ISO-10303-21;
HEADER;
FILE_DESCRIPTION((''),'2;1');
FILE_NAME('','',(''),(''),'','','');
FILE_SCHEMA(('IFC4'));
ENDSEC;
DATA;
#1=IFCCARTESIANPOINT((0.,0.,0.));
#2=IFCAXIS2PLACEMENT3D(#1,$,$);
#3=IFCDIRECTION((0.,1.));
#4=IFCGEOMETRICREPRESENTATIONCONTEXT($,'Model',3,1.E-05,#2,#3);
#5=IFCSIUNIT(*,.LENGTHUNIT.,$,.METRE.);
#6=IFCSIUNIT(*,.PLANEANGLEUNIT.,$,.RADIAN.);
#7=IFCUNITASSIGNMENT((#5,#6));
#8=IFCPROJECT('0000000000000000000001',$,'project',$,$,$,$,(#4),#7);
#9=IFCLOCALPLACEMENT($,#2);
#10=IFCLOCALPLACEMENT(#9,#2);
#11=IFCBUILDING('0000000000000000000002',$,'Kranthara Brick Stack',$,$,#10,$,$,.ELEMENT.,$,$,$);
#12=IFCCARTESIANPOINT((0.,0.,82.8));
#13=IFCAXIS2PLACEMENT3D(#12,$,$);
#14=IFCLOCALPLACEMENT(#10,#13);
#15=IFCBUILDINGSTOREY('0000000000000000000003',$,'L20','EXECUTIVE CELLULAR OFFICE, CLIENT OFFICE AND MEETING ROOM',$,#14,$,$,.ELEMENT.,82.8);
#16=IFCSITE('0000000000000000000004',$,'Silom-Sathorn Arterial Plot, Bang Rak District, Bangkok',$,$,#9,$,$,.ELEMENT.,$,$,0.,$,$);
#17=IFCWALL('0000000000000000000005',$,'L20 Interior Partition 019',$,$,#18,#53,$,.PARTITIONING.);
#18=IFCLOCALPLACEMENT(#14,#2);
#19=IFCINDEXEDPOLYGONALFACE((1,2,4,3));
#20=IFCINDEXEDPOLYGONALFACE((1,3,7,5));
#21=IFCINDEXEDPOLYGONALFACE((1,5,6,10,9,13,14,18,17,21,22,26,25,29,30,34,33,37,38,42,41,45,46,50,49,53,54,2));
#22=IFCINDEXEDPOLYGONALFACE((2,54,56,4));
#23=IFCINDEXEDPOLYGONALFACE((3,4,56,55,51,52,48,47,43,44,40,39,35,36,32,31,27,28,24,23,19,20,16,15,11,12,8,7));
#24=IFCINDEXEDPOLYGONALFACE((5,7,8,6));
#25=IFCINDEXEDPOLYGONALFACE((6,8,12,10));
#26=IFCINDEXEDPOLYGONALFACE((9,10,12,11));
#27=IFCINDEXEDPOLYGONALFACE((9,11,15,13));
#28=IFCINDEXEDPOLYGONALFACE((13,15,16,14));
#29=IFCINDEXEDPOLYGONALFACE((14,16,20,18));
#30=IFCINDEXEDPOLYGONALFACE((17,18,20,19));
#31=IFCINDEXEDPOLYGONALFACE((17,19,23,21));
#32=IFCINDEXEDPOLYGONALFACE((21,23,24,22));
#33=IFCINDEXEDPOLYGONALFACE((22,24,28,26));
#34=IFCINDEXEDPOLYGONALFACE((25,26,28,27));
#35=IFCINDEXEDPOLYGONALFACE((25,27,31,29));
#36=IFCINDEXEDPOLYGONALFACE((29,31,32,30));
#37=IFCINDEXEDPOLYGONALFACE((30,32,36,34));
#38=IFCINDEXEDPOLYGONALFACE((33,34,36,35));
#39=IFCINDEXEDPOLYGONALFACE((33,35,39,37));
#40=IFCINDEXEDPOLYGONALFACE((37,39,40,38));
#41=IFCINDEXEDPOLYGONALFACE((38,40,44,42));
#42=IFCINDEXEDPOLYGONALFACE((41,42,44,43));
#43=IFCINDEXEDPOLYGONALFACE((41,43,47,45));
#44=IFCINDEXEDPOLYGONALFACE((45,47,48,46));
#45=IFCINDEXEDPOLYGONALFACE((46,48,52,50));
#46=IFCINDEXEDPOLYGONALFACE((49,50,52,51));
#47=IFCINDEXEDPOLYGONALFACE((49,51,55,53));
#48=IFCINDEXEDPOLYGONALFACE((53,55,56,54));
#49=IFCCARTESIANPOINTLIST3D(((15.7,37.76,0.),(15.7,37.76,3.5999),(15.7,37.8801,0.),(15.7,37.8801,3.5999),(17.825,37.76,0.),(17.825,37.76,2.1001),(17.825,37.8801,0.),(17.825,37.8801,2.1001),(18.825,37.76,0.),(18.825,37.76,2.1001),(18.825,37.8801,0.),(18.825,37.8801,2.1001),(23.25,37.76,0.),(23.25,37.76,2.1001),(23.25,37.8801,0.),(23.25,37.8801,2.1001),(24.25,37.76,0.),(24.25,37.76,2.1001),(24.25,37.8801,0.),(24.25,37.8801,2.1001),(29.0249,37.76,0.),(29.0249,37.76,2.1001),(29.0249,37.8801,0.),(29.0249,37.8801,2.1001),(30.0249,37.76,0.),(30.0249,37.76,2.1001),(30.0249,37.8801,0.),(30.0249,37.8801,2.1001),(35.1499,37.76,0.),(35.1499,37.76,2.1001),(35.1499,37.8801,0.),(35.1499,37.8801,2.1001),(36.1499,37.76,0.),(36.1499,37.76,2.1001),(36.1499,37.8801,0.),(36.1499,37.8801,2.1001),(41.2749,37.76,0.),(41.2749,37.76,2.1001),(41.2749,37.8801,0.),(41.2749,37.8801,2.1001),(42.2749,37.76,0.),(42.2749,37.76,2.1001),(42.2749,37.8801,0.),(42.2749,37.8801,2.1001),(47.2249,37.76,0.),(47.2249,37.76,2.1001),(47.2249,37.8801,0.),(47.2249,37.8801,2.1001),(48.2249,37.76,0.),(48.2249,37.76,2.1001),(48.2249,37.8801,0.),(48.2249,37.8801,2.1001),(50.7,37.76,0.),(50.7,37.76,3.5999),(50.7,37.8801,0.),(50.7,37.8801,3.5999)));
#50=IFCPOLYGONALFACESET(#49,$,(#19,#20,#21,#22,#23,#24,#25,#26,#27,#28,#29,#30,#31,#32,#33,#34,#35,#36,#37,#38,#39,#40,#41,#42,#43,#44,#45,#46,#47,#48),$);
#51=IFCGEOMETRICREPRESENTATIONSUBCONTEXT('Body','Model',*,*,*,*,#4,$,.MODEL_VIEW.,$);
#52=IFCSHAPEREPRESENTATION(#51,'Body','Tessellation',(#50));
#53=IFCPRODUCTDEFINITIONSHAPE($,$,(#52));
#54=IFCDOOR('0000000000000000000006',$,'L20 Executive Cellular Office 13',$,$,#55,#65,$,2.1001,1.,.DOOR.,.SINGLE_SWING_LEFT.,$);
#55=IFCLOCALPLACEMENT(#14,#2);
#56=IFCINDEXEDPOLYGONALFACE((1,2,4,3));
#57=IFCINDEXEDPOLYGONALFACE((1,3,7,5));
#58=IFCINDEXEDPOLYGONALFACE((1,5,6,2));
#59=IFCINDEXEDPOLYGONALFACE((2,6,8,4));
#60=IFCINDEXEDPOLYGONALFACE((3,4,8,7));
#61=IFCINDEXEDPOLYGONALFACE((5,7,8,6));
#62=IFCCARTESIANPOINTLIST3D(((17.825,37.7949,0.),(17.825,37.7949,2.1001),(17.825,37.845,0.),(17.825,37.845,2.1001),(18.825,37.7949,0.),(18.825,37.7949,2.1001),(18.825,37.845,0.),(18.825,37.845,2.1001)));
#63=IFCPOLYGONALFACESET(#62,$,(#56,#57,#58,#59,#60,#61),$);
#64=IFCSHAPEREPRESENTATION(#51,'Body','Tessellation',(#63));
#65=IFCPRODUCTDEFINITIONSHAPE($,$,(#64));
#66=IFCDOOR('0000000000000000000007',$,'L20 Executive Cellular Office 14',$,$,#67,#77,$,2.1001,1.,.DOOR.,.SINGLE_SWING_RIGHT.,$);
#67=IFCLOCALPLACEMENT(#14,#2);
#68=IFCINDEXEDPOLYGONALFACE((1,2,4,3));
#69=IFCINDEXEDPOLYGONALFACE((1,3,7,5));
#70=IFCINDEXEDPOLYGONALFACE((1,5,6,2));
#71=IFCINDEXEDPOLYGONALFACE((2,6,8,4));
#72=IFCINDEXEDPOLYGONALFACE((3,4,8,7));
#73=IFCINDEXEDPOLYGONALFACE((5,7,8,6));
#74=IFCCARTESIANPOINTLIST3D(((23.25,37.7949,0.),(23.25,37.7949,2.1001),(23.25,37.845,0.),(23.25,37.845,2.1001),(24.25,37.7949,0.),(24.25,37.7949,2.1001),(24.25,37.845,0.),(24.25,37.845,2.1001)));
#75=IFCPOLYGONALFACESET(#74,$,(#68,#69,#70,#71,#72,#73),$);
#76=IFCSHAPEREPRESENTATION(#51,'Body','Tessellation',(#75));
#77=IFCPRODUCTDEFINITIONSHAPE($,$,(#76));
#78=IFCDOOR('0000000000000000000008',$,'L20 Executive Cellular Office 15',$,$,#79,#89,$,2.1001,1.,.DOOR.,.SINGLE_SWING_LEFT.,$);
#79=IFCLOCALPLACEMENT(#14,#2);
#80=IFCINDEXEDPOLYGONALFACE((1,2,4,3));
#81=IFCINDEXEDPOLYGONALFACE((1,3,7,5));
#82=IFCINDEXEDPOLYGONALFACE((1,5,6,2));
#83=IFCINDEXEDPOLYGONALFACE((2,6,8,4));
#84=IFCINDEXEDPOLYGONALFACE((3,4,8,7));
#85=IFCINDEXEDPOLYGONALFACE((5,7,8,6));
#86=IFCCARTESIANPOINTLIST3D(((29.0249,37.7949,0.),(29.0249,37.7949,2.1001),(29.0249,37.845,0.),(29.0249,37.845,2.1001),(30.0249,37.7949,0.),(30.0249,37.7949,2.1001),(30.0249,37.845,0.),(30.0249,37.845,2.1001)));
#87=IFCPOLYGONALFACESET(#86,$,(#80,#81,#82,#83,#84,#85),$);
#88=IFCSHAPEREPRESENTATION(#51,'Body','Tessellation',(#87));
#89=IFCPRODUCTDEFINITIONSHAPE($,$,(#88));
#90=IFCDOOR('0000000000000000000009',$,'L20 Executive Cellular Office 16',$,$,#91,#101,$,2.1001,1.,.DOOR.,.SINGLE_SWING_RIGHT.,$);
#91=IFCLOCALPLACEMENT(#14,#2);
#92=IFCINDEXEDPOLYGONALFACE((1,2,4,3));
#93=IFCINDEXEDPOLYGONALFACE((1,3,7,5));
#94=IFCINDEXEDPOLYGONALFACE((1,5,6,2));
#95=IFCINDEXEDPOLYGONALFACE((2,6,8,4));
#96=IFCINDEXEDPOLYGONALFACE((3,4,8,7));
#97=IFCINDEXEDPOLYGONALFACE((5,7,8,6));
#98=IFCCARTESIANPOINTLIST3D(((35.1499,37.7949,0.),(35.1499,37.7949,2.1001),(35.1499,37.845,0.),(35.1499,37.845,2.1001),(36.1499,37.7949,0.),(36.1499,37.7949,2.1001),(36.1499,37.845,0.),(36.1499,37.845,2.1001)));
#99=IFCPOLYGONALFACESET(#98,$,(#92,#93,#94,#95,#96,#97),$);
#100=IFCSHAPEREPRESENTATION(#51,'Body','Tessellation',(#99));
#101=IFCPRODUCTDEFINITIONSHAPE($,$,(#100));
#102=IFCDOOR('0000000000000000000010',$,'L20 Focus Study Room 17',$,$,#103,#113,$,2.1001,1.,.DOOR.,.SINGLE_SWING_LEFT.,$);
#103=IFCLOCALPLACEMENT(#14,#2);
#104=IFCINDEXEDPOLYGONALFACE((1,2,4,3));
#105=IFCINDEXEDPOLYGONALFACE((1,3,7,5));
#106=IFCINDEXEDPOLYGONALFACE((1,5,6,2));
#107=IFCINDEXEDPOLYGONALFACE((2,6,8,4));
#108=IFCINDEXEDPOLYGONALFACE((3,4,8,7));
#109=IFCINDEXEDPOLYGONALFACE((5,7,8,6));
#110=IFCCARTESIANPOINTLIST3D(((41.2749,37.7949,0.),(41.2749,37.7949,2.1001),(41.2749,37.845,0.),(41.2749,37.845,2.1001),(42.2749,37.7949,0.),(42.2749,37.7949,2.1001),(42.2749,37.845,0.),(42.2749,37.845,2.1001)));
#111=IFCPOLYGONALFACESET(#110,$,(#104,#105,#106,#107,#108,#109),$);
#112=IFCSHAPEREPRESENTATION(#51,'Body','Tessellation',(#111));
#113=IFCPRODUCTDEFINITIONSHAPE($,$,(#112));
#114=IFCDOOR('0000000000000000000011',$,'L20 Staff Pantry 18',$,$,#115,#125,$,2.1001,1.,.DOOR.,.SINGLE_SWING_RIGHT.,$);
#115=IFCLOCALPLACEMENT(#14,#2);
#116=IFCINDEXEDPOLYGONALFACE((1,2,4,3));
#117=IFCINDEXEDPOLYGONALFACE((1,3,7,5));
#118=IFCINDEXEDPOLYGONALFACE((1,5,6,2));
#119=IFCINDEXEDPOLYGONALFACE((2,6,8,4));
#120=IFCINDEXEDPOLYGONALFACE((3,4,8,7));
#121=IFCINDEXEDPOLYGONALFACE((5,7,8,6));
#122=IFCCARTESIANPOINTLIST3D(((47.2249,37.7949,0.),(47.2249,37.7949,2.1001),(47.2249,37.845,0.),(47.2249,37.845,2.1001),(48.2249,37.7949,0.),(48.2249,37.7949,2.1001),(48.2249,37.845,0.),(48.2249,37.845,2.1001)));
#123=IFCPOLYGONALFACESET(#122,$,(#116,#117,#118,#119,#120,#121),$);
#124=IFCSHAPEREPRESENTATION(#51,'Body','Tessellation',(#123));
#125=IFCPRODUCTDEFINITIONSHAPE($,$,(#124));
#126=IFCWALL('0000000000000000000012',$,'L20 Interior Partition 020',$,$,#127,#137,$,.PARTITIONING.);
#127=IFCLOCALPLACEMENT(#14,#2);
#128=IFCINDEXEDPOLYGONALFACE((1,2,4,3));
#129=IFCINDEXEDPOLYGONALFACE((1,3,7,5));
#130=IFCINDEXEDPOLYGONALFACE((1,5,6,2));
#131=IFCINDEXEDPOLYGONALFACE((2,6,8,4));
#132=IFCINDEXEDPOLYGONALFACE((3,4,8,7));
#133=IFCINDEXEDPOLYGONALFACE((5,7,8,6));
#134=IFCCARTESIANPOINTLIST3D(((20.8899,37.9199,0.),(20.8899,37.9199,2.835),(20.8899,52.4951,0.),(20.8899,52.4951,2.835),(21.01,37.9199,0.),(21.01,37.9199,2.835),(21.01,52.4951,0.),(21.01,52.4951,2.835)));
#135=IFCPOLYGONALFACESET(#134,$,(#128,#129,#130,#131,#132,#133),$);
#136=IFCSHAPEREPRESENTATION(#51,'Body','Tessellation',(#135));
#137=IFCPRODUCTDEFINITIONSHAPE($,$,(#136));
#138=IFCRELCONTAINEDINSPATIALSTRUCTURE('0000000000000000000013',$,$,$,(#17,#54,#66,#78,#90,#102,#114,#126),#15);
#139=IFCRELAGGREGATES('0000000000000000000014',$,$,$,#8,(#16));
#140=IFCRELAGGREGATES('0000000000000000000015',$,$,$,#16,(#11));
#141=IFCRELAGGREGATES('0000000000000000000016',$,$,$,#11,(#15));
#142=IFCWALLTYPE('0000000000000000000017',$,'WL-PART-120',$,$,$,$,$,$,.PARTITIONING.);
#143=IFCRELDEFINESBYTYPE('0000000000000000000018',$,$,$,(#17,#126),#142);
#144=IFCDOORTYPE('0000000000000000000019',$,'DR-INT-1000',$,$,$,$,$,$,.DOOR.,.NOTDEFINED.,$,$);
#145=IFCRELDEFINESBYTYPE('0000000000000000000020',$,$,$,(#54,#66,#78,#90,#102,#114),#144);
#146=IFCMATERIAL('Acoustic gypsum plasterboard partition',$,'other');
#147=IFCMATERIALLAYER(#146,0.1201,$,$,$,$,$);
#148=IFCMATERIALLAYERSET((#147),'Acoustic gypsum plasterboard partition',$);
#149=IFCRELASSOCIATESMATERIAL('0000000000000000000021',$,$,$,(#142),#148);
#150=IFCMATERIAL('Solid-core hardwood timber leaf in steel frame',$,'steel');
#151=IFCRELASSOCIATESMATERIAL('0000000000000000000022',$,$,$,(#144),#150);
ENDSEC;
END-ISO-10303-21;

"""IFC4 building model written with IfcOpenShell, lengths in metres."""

from ifc_helpers import new_model, si_unit, direction, frame, frame_2d, origin, place, context, subcontext, project, spatial, rectangle, extrude, material, layer, layer_set, type_object, element, fill, save


model = new_model("IFC4")

# Units and contexts
model_context = context("Model", 3, precision=1e-05, world=origin(), true_north=direction((0.0, 1.0)))
body_context = subcontext(model_context, "Body", "Model", "MODEL_VIEW")
ifc_project = project(units=[si_unit("LENGTHUNIT", "METRE"), si_unit("PLANEANGLEUNIT", "RADIAN")], contexts=[model_context])

# Site, building, storey
site_placement = place(None, origin())
site = spatial("IfcSite", under=ifc_project, at=site_placement, Name="Silom-Sathorn Arterial Plot, Bang Rak District, Bangkok", CompositionType="ELEMENT", RefElevation=0.0)
building_placement = place(site_placement, origin())
building = spatial("IfcBuilding", under=site, at=building_placement, Name="Kranthara Brick Stack", CompositionType="ELEMENT")
storey_placement = place(building_placement, frame((0.0, 0.0, 82.8)))
storey = spatial("IfcBuildingStorey", under=building, at=storey_placement, Name="L20", Description="EXECUTIVE CELLULAR OFFICE, CLIENT OFFICE AND MEETING ROOM", CompositionType="ELEMENT", Elevation=82.8)

# Shared definitions
ifc_material_1 = material(Name="Acoustic gypsum plasterboard partition", Category="other")
ifc_layer_1 = layer(ifc_material_1, 0.1201)
ifc_layer_set_1 = layer_set([ifc_layer_1], Name="Acoustic gypsum plasterboard partition")
wall_type_1 = type_object("IfcWallType", Name="WL-PART-120", PredefinedType="PARTITIONING", material=ifc_layer_set_1)

# Wall, openings, doors
wall_1_placement = place(storey_placement, frame((15.7, 37.8201, 0.0), z_axis=(0.0, 0.0, 1.0), x_axis=(1.0, 0.0, 0.0)))
wall_1 = element("IfcWall", 1, at=wall_1_placement, inside=storey, type_object=wall_type_1, Name="L20 Interior Partition 019", PredefinedType="PARTITIONING", context=body_context, shape_type="SweptSolid", body=[
    extrude(rectangle(XDim=35.0, YDim=0.1201, at=frame_2d((17.5, 0.0))), origin(), (0.0, 0.0, 1.0), 3.5999),
])
opening_1_placement = place(wall_1_placement, frame((2.125, 0.0, 0.0)))
opening_1 = element("IfcOpeningElement", 2, at=opening_1_placement, cuts=wall_1, PredefinedType="OPENING", context=body_context, shape_type="SweptSolid", body=[
    extrude(rectangle(XDim=1.0, YDim=2.1001, at=frame_2d((0.5, 1.05))), frame((0.0, 0.0701, 0.0), z_axis=(0.0, -1.0, 0.0), x_axis=(1.0, 0.0, 0.0)), (0.0, 0.0, 1.0), 0.1401),
])
opening_2_placement = place(wall_1_placement, frame((7.55, 0.0, 0.0)))
opening_2 = element("IfcOpeningElement", 3, at=opening_2_placement, cuts=wall_1, PredefinedType="OPENING", context=body_context, shape_type="SweptSolid", body=[
    extrude(rectangle(XDim=1.0, YDim=2.1001, at=frame_2d((0.5, 1.05))), frame((0.0, 0.0701, 0.0), z_axis=(0.0, -1.0, 0.0), x_axis=(1.0, 0.0, 0.0)), (0.0, 0.0, 1.0), 0.1401),
])
opening_3_placement = place(wall_1_placement, frame((13.325, 0.0, 0.0)))
opening_3 = element("IfcOpeningElement", 4, at=opening_3_placement, cuts=wall_1, PredefinedType="OPENING", context=body_context, shape_type="SweptSolid", body=[
    extrude(rectangle(XDim=1.0, YDim=2.1001, at=frame_2d((0.5, 1.05))), frame((0.0, 0.0701, 0.0), z_axis=(0.0, -1.0, 0.0), x_axis=(1.0, 0.0, 0.0)), (0.0, 0.0, 1.0), 0.1401),
])
opening_4_placement = place(wall_1_placement, frame((19.45, 0.0, 0.0)))
opening_4 = element("IfcOpeningElement", 5, at=opening_4_placement, cuts=wall_1, PredefinedType="OPENING", context=body_context, shape_type="SweptSolid", body=[
    extrude(rectangle(XDim=1.0, YDim=2.1001, at=frame_2d((0.5, 1.05))), frame((0.0, 0.0701, 0.0), z_axis=(0.0, -1.0, 0.0), x_axis=(1.0, 0.0, 0.0)), (0.0, 0.0, 1.0), 0.1401),
])
opening_5_placement = place(wall_1_placement, frame((25.575, 0.0, 0.0)))
opening_5 = element("IfcOpeningElement", 6, at=opening_5_placement, cuts=wall_1, PredefinedType="OPENING", context=body_context, shape_type="SweptSolid", body=[
    extrude(rectangle(XDim=1.0, YDim=2.1001, at=frame_2d((0.5, 1.05))), frame((0.0, 0.0701, 0.0), z_axis=(0.0, -1.0, 0.0), x_axis=(1.0, 0.0, 0.0)), (0.0, 0.0, 1.0), 0.1401),
])
opening_6_placement = place(wall_1_placement, frame((31.5249, 0.0, 0.0)))
opening_6 = element("IfcOpeningElement", 7, at=opening_6_placement, cuts=wall_1, PredefinedType="OPENING", context=body_context, shape_type="SweptSolid", body=[
    extrude(rectangle(XDim=1.0, YDim=2.1001, at=frame_2d((0.5, 1.05))), frame((0.0, 0.0701, 0.0), z_axis=(0.0, -1.0, 0.0), x_axis=(1.0, 0.0, 0.0)), (0.0, 0.0, 1.0), 0.1401),
])
ifc_material_2 = material(Name="Solid-core hardwood timber leaf in steel frame", Category="steel")
door_type_1 = type_object("IfcDoorType", Name="DR-INT-1000", OperationType="NOTDEFINED", PredefinedType="DOOR", material=ifc_material_2)
door_1_placement = place(opening_1_placement, origin())
door_1 = element("IfcDoor", 8, at=door_1_placement, inside=storey, type_object=door_type_1, Name="L20 Executive Cellular Office 13", OperationType="SINGLE_SWING_LEFT", OverallHeight=2.1001, OverallWidth=1.0, PredefinedType="DOOR", context=body_context, shape_type="SweptSolid", body=[
    extrude(rectangle(XDim=1.0, YDim=2.1001, at=frame_2d((0.5, 1.05))), frame((0.0, 0.0249, 0.0), z_axis=(0.0, -1.0, 0.0), x_axis=(1.0, 0.0, 0.0)), (0.0, 0.0, 1.0), 0.05),
])
fill(opening_1, door_1)
door_2_placement = place(opening_2_placement, origin())
door_2 = element("IfcDoor", 9, at=door_2_placement, inside=storey, type_object=door_type_1, Name="L20 Executive Cellular Office 14", OperationType="SINGLE_SWING_RIGHT", OverallHeight=2.1001, OverallWidth=1.0, PredefinedType="DOOR", context=body_context, shape_type="SweptSolid", body=[
    extrude(rectangle(XDim=1.0, YDim=2.1001, at=frame_2d((0.5, 1.05))), frame((0.0, 0.0249, 0.0), z_axis=(0.0, -1.0, 0.0), x_axis=(1.0, 0.0, 0.0)), (0.0, 0.0, 1.0), 0.05),
])
fill(opening_2, door_2)
door_3_placement = place(opening_3_placement, origin())
door_3 = element("IfcDoor", 10, at=door_3_placement, inside=storey, type_object=door_type_1, Name="L20 Executive Cellular Office 15", OperationType="SINGLE_SWING_LEFT", OverallHeight=2.1001, OverallWidth=1.0, PredefinedType="DOOR", context=body_context, shape_type="SweptSolid", body=[
    extrude(rectangle(XDim=1.0, YDim=2.1001, at=frame_2d((0.5, 1.05))), frame((0.0, 0.0249, 0.0), z_axis=(0.0, -1.0, 0.0), x_axis=(1.0, 0.0, 0.0)), (0.0, 0.0, 1.0), 0.05),
])
fill(opening_3, door_3)
door_4_placement = place(opening_4_placement, origin())
door_4 = element("IfcDoor", 11, at=door_4_placement, inside=storey, type_object=door_type_1, Name="L20 Executive Cellular Office 16", OperationType="SINGLE_SWING_RIGHT", OverallHeight=2.1001, OverallWidth=1.0, PredefinedType="DOOR", context=body_context, shape_type="SweptSolid", body=[
    extrude(rectangle(XDim=1.0, YDim=2.1001, at=frame_2d((0.5, 1.05))), frame((0.0, 0.0249, 0.0), z_axis=(0.0, -1.0, 0.0), x_axis=(1.0, 0.0, 0.0)), (0.0, 0.0, 1.0), 0.05),
])
fill(opening_4, door_4)
door_5_placement = place(opening_5_placement, origin())
door_5 = element("IfcDoor", 12, at=door_5_placement, inside=storey, type_object=door_type_1, Name="L20 Focus Study Room 17", OperationType="SINGLE_SWING_LEFT", OverallHeight=2.1001, OverallWidth=1.0, PredefinedType="DOOR", context=body_context, shape_type="SweptSolid", body=[
    extrude(rectangle(XDim=1.0, YDim=2.1001, at=frame_2d((0.5, 1.05))), frame((0.0, 0.0249, 0.0), z_axis=(0.0, -1.0, 0.0), x_axis=(1.0, 0.0, 0.0)), (0.0, 0.0, 1.0), 0.05),
])
fill(opening_5, door_5)
door_6_placement = place(opening_6_placement, origin())
door_6 = element("IfcDoor", 13, at=door_6_placement, inside=storey, type_object=door_type_1, Name="L20 Staff Pantry 18", OperationType="SINGLE_SWING_RIGHT", OverallHeight=2.1001, OverallWidth=1.0, PredefinedType="DOOR", context=body_context, shape_type="SweptSolid", body=[
    extrude(rectangle(XDim=1.0, YDim=2.1001, at=frame_2d((0.5, 1.05))), frame((0.0, 0.0249, 0.0), z_axis=(0.0, -1.0, 0.0), x_axis=(1.0, 0.0, 0.0)), (0.0, 0.0, 1.0), 0.05),
])
fill(opening_6, door_6)

# Wall
wall_2_placement = place(storey_placement, frame((20.95, 37.9199, 0.0), z_axis=(0.0, 0.0, 1.0), x_axis=(0.0, 1.0, 0.0)))
element("IfcWall", 14, at=wall_2_placement, inside=storey, type_object=wall_type_1, Name="L20 Interior Partition 020", PredefinedType="PARTITIONING", context=body_context, shape_type="SweptSolid", body=[
    extrude(rectangle(XDim=14.5752, YDim=0.1201, at=frame_2d((7.2876, 0.0))), origin(), (0.0, 0.0, 1.0), 2.835),
])

save(model, "model.ifc")
